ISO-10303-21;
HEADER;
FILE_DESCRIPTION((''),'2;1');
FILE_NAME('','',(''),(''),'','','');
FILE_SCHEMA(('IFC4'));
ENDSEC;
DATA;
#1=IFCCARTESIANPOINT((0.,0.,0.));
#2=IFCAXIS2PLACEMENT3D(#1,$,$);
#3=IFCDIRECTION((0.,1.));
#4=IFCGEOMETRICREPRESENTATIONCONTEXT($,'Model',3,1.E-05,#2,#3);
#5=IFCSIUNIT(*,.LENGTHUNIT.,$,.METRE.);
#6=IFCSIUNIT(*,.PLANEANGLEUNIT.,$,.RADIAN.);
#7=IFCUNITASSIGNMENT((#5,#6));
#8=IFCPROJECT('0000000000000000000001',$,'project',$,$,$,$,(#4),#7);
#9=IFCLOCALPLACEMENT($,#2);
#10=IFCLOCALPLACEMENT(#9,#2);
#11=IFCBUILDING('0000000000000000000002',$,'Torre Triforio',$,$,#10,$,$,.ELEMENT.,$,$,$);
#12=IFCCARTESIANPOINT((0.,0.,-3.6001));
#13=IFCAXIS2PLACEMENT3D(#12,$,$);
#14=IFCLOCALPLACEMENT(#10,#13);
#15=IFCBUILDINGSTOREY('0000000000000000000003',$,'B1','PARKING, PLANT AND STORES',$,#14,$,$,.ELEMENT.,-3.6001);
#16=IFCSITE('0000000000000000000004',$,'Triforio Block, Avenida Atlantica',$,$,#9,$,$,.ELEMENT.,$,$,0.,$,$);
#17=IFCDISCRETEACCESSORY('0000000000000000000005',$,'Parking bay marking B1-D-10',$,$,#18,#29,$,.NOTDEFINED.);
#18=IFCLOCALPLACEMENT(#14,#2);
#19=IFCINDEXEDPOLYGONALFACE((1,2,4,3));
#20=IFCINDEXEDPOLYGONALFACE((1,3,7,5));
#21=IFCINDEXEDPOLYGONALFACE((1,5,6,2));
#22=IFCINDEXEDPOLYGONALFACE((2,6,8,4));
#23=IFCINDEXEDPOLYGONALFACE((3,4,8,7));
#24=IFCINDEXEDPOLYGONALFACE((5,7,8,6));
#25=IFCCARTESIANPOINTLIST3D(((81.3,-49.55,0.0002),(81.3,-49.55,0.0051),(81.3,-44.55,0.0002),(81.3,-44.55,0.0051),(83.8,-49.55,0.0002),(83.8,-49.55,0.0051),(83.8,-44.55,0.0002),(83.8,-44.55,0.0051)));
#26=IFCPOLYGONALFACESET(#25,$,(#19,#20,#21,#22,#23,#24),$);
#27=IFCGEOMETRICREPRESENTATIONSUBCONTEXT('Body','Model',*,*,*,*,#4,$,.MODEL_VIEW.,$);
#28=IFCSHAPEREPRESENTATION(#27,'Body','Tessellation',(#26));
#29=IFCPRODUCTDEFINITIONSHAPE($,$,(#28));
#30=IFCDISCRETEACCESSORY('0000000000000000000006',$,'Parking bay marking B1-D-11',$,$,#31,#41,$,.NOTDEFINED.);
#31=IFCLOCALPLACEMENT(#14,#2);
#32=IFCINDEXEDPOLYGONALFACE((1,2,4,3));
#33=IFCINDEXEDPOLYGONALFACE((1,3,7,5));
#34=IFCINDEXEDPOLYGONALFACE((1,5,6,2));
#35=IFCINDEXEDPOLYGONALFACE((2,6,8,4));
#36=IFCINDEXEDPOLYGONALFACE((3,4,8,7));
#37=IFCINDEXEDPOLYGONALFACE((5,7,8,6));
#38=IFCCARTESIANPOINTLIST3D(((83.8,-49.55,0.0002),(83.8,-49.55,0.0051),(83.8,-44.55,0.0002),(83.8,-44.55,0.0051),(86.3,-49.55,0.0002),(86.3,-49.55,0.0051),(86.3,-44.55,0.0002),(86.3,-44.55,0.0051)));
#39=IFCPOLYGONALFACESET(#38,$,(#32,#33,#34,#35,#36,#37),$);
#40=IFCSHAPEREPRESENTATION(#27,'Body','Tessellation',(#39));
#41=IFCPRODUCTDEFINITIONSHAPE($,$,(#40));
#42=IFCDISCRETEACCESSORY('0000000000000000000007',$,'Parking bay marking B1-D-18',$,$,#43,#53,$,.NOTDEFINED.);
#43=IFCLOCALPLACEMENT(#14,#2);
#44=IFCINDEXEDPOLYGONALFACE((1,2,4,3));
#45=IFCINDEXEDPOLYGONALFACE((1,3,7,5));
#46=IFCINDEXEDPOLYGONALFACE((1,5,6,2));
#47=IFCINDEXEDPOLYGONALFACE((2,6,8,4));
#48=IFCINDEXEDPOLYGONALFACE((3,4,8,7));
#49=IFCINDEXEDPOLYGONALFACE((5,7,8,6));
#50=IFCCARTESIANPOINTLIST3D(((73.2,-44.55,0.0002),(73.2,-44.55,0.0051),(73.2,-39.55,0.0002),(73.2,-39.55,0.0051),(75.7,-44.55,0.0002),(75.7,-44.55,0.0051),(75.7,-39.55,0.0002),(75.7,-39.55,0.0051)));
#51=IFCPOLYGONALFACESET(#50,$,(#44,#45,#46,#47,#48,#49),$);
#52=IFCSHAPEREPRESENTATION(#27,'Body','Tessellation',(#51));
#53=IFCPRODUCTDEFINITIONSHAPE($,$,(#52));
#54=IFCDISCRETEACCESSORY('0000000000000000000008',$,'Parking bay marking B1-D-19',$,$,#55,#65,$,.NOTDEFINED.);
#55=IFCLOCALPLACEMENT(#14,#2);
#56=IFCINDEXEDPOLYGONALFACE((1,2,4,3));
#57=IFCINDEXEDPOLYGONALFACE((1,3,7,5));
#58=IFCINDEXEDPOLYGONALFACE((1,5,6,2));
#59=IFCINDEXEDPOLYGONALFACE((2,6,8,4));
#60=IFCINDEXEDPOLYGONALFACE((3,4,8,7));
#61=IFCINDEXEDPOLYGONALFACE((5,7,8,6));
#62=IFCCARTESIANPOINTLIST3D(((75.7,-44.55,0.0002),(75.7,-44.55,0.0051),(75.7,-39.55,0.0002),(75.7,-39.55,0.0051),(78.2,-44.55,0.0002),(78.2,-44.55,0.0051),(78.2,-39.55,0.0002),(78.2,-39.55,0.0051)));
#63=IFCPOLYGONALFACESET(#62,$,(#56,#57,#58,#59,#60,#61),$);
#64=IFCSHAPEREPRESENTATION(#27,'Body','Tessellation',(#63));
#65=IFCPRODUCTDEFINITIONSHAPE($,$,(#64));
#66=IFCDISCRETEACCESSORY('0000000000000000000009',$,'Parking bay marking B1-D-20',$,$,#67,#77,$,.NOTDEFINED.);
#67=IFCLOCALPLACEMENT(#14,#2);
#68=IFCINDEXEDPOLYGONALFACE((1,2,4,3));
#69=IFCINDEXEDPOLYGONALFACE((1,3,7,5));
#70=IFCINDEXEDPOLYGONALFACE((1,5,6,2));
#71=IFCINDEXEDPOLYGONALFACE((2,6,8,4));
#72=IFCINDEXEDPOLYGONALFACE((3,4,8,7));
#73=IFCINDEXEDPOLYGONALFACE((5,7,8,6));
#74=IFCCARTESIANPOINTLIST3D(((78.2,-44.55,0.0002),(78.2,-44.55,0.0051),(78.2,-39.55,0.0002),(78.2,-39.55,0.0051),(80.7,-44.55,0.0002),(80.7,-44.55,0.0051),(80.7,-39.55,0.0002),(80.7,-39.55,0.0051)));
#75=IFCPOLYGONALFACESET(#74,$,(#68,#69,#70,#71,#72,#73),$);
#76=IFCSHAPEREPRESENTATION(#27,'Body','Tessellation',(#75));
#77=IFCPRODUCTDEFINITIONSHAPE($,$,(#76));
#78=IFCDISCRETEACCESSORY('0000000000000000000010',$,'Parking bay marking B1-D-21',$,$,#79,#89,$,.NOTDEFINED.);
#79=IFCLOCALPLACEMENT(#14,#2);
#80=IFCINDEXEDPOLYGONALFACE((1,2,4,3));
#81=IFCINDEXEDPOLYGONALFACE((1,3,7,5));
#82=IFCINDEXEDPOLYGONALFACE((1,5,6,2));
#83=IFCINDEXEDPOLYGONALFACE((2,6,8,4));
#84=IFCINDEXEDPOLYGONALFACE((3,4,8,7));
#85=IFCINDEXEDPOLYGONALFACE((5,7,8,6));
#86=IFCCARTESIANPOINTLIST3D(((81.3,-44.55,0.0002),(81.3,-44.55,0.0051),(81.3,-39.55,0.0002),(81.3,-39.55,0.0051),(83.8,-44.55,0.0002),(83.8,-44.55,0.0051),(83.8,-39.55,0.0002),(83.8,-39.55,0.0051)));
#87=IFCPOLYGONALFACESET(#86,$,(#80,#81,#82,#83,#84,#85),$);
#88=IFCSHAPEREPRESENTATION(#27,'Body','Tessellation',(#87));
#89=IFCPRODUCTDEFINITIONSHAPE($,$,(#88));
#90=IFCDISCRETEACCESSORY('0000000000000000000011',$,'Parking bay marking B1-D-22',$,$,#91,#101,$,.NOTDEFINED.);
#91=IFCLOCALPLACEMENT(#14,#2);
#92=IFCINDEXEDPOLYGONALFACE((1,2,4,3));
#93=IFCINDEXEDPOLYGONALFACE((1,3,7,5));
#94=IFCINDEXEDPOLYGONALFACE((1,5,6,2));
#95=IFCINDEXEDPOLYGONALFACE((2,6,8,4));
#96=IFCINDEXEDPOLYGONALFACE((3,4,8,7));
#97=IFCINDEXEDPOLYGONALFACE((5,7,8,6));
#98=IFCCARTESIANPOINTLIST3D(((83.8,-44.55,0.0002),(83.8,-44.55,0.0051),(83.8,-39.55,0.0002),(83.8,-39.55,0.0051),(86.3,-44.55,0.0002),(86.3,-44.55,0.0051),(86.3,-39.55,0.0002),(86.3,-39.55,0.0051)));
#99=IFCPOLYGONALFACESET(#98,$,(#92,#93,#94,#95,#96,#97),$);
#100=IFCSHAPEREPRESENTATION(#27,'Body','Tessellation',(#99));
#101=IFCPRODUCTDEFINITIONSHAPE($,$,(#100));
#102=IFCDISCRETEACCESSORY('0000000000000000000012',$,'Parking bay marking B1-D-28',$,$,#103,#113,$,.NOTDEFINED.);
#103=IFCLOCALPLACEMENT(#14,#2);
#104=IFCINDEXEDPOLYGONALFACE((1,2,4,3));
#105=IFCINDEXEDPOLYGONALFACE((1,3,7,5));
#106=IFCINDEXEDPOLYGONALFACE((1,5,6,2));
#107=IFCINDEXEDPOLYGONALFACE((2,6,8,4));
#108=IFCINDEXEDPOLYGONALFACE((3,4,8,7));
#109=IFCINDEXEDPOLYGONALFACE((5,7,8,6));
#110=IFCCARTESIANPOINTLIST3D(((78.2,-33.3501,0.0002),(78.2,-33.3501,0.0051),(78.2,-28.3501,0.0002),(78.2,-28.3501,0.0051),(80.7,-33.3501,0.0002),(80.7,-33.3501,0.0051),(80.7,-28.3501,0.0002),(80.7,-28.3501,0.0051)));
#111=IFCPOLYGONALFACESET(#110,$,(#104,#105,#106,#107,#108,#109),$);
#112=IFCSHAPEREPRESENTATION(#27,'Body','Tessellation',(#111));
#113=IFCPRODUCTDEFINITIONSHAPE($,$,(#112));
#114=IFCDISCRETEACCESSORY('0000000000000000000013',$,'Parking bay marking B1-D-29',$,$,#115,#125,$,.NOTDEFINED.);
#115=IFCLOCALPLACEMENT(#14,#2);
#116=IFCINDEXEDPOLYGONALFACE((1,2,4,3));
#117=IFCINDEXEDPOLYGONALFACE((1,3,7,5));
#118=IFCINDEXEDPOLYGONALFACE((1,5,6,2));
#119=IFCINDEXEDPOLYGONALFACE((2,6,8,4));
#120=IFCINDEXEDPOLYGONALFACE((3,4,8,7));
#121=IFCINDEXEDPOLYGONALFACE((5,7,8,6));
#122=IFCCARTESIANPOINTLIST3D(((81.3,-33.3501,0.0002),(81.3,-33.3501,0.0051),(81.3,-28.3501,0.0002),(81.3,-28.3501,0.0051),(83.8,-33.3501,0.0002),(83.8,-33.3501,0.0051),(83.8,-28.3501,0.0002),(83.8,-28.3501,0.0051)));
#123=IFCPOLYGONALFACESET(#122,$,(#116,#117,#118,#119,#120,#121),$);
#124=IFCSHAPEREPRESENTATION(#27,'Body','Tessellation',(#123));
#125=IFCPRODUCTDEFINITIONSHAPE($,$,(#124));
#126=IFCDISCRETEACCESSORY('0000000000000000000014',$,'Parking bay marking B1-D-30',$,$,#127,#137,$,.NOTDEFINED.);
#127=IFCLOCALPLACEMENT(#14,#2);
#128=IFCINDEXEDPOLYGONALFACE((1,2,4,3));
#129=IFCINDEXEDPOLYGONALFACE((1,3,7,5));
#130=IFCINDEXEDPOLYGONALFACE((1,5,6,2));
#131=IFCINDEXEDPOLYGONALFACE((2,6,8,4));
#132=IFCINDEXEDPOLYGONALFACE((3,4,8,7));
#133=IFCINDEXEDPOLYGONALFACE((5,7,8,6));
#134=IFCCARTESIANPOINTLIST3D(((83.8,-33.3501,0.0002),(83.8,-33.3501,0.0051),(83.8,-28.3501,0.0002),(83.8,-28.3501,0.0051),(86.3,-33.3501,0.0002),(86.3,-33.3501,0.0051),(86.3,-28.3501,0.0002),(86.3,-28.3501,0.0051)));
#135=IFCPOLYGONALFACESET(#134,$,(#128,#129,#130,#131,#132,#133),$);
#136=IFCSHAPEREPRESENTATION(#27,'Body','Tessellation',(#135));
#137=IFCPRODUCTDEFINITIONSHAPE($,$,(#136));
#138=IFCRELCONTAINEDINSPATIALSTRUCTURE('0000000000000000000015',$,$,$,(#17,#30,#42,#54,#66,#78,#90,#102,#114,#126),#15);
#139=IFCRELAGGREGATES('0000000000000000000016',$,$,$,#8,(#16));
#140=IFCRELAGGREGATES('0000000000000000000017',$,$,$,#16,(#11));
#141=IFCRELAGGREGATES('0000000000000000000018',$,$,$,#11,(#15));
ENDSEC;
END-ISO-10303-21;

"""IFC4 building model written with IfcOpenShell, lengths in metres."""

from ifc_helpers import new_model, si_unit, direction, frame, origin, origin_2d, place, context, subcontext, project, spatial, rectangle, extrude, element, save


model = new_model("IFC4")

# Units and contexts
model_context = context("Model", 3, precision=1e-05, world=origin(), true_north=direction((0.0, 1.0)))
body_context = subcontext(model_context, "Body", "Model", "MODEL_VIEW")
ifc_project = project(units=[si_unit("LENGTHUNIT", "METRE"), si_unit("PLANEANGLEUNIT", "RADIAN")], contexts=[model_context])

# Site, building, storey
site_placement = place(None, origin())
site = spatial("IfcSite", under=ifc_project, at=site_placement, Name="Triforio Block, Avenida Atlantica", CompositionType="ELEMENT", RefElevation=0.0)
building_placement = place(site_placement, origin())
building = spatial("IfcBuilding", under=site, at=building_placement, Name="Torre Triforio", CompositionType="ELEMENT")
storey_placement = place(building_placement, frame((0.0, 0.0, -3.6001)))
storey = spatial("IfcBuildingStorey", under=building, at=storey_placement, Name="B1", Description="PARKING, PLANT AND STORES", CompositionType="ELEMENT", Elevation=-3.6001)

# Discrete accessories
for number, where, z_axis, x_axis, name in (
    (1, (82.55, -47.05, 0.0002), (0.0, 0.0, 1.0), (1.0, 0.0, 0.0), "Parking bay marking B1-D-10"),
    (2, (85.05, -47.05, 0.0002), (0.0, 0.0, 1.0), (1.0, 0.0, 0.0), "Parking bay marking B1-D-11"),
    (3, (74.45, -42.05, 0.0002), (0.0, 0.0, 1.0), (1.0, 0.0, 0.0), "Parking bay marking B1-D-18"),
    (4, (76.95, -42.05, 0.0002), (0.0, 0.0, 1.0), (1.0, 0.0, 0.0), "Parking bay marking B1-D-19"),
    (5, (79.45, -42.05, 0.0002), (0.0, 0.0, 1.0), (1.0, 0.0, 0.0), "Parking bay marking B1-D-20"),
    (6, (82.55, -42.05, 0.0002), (0.0, 0.0, 1.0), (1.0, 0.0, 0.0), "Parking bay marking B1-D-21"),
    (7, (85.05, -42.05, 0.0002), (0.0, 0.0, 1.0), (1.0, 0.0, 0.0), "Parking bay marking B1-D-22"),
    (8, (79.45, -30.8501, 0.0002), (0.0, 0.0, 1.0), (1.0, 0.0, 0.0), "Parking bay marking B1-D-28"),
    (9, (82.55, -30.8501, 0.0002), (0.0, 0.0, 1.0), (1.0, 0.0, 0.0), "Parking bay marking B1-D-29"),
    (10, (85.05, -30.8501, 0.0002), (0.0, 0.0, 1.0), (1.0, 0.0, 0.0), "Parking bay marking B1-D-30"),
):
    element("IfcDiscreteAccessory", number, at=place(storey_placement, frame(where, z_axis=z_axis, x_axis=x_axis)), inside=storey, Name=name, PredefinedType="NOTDEFINED", context=body_context, shape_type="SweptSolid", body=[
        extrude(rectangle(XDim=2.5, YDim=5.0, at=origin_2d()), origin(), (0.0, 0.0, 1.0), 0.0049),
    ])

save(model, "model.ifc")
